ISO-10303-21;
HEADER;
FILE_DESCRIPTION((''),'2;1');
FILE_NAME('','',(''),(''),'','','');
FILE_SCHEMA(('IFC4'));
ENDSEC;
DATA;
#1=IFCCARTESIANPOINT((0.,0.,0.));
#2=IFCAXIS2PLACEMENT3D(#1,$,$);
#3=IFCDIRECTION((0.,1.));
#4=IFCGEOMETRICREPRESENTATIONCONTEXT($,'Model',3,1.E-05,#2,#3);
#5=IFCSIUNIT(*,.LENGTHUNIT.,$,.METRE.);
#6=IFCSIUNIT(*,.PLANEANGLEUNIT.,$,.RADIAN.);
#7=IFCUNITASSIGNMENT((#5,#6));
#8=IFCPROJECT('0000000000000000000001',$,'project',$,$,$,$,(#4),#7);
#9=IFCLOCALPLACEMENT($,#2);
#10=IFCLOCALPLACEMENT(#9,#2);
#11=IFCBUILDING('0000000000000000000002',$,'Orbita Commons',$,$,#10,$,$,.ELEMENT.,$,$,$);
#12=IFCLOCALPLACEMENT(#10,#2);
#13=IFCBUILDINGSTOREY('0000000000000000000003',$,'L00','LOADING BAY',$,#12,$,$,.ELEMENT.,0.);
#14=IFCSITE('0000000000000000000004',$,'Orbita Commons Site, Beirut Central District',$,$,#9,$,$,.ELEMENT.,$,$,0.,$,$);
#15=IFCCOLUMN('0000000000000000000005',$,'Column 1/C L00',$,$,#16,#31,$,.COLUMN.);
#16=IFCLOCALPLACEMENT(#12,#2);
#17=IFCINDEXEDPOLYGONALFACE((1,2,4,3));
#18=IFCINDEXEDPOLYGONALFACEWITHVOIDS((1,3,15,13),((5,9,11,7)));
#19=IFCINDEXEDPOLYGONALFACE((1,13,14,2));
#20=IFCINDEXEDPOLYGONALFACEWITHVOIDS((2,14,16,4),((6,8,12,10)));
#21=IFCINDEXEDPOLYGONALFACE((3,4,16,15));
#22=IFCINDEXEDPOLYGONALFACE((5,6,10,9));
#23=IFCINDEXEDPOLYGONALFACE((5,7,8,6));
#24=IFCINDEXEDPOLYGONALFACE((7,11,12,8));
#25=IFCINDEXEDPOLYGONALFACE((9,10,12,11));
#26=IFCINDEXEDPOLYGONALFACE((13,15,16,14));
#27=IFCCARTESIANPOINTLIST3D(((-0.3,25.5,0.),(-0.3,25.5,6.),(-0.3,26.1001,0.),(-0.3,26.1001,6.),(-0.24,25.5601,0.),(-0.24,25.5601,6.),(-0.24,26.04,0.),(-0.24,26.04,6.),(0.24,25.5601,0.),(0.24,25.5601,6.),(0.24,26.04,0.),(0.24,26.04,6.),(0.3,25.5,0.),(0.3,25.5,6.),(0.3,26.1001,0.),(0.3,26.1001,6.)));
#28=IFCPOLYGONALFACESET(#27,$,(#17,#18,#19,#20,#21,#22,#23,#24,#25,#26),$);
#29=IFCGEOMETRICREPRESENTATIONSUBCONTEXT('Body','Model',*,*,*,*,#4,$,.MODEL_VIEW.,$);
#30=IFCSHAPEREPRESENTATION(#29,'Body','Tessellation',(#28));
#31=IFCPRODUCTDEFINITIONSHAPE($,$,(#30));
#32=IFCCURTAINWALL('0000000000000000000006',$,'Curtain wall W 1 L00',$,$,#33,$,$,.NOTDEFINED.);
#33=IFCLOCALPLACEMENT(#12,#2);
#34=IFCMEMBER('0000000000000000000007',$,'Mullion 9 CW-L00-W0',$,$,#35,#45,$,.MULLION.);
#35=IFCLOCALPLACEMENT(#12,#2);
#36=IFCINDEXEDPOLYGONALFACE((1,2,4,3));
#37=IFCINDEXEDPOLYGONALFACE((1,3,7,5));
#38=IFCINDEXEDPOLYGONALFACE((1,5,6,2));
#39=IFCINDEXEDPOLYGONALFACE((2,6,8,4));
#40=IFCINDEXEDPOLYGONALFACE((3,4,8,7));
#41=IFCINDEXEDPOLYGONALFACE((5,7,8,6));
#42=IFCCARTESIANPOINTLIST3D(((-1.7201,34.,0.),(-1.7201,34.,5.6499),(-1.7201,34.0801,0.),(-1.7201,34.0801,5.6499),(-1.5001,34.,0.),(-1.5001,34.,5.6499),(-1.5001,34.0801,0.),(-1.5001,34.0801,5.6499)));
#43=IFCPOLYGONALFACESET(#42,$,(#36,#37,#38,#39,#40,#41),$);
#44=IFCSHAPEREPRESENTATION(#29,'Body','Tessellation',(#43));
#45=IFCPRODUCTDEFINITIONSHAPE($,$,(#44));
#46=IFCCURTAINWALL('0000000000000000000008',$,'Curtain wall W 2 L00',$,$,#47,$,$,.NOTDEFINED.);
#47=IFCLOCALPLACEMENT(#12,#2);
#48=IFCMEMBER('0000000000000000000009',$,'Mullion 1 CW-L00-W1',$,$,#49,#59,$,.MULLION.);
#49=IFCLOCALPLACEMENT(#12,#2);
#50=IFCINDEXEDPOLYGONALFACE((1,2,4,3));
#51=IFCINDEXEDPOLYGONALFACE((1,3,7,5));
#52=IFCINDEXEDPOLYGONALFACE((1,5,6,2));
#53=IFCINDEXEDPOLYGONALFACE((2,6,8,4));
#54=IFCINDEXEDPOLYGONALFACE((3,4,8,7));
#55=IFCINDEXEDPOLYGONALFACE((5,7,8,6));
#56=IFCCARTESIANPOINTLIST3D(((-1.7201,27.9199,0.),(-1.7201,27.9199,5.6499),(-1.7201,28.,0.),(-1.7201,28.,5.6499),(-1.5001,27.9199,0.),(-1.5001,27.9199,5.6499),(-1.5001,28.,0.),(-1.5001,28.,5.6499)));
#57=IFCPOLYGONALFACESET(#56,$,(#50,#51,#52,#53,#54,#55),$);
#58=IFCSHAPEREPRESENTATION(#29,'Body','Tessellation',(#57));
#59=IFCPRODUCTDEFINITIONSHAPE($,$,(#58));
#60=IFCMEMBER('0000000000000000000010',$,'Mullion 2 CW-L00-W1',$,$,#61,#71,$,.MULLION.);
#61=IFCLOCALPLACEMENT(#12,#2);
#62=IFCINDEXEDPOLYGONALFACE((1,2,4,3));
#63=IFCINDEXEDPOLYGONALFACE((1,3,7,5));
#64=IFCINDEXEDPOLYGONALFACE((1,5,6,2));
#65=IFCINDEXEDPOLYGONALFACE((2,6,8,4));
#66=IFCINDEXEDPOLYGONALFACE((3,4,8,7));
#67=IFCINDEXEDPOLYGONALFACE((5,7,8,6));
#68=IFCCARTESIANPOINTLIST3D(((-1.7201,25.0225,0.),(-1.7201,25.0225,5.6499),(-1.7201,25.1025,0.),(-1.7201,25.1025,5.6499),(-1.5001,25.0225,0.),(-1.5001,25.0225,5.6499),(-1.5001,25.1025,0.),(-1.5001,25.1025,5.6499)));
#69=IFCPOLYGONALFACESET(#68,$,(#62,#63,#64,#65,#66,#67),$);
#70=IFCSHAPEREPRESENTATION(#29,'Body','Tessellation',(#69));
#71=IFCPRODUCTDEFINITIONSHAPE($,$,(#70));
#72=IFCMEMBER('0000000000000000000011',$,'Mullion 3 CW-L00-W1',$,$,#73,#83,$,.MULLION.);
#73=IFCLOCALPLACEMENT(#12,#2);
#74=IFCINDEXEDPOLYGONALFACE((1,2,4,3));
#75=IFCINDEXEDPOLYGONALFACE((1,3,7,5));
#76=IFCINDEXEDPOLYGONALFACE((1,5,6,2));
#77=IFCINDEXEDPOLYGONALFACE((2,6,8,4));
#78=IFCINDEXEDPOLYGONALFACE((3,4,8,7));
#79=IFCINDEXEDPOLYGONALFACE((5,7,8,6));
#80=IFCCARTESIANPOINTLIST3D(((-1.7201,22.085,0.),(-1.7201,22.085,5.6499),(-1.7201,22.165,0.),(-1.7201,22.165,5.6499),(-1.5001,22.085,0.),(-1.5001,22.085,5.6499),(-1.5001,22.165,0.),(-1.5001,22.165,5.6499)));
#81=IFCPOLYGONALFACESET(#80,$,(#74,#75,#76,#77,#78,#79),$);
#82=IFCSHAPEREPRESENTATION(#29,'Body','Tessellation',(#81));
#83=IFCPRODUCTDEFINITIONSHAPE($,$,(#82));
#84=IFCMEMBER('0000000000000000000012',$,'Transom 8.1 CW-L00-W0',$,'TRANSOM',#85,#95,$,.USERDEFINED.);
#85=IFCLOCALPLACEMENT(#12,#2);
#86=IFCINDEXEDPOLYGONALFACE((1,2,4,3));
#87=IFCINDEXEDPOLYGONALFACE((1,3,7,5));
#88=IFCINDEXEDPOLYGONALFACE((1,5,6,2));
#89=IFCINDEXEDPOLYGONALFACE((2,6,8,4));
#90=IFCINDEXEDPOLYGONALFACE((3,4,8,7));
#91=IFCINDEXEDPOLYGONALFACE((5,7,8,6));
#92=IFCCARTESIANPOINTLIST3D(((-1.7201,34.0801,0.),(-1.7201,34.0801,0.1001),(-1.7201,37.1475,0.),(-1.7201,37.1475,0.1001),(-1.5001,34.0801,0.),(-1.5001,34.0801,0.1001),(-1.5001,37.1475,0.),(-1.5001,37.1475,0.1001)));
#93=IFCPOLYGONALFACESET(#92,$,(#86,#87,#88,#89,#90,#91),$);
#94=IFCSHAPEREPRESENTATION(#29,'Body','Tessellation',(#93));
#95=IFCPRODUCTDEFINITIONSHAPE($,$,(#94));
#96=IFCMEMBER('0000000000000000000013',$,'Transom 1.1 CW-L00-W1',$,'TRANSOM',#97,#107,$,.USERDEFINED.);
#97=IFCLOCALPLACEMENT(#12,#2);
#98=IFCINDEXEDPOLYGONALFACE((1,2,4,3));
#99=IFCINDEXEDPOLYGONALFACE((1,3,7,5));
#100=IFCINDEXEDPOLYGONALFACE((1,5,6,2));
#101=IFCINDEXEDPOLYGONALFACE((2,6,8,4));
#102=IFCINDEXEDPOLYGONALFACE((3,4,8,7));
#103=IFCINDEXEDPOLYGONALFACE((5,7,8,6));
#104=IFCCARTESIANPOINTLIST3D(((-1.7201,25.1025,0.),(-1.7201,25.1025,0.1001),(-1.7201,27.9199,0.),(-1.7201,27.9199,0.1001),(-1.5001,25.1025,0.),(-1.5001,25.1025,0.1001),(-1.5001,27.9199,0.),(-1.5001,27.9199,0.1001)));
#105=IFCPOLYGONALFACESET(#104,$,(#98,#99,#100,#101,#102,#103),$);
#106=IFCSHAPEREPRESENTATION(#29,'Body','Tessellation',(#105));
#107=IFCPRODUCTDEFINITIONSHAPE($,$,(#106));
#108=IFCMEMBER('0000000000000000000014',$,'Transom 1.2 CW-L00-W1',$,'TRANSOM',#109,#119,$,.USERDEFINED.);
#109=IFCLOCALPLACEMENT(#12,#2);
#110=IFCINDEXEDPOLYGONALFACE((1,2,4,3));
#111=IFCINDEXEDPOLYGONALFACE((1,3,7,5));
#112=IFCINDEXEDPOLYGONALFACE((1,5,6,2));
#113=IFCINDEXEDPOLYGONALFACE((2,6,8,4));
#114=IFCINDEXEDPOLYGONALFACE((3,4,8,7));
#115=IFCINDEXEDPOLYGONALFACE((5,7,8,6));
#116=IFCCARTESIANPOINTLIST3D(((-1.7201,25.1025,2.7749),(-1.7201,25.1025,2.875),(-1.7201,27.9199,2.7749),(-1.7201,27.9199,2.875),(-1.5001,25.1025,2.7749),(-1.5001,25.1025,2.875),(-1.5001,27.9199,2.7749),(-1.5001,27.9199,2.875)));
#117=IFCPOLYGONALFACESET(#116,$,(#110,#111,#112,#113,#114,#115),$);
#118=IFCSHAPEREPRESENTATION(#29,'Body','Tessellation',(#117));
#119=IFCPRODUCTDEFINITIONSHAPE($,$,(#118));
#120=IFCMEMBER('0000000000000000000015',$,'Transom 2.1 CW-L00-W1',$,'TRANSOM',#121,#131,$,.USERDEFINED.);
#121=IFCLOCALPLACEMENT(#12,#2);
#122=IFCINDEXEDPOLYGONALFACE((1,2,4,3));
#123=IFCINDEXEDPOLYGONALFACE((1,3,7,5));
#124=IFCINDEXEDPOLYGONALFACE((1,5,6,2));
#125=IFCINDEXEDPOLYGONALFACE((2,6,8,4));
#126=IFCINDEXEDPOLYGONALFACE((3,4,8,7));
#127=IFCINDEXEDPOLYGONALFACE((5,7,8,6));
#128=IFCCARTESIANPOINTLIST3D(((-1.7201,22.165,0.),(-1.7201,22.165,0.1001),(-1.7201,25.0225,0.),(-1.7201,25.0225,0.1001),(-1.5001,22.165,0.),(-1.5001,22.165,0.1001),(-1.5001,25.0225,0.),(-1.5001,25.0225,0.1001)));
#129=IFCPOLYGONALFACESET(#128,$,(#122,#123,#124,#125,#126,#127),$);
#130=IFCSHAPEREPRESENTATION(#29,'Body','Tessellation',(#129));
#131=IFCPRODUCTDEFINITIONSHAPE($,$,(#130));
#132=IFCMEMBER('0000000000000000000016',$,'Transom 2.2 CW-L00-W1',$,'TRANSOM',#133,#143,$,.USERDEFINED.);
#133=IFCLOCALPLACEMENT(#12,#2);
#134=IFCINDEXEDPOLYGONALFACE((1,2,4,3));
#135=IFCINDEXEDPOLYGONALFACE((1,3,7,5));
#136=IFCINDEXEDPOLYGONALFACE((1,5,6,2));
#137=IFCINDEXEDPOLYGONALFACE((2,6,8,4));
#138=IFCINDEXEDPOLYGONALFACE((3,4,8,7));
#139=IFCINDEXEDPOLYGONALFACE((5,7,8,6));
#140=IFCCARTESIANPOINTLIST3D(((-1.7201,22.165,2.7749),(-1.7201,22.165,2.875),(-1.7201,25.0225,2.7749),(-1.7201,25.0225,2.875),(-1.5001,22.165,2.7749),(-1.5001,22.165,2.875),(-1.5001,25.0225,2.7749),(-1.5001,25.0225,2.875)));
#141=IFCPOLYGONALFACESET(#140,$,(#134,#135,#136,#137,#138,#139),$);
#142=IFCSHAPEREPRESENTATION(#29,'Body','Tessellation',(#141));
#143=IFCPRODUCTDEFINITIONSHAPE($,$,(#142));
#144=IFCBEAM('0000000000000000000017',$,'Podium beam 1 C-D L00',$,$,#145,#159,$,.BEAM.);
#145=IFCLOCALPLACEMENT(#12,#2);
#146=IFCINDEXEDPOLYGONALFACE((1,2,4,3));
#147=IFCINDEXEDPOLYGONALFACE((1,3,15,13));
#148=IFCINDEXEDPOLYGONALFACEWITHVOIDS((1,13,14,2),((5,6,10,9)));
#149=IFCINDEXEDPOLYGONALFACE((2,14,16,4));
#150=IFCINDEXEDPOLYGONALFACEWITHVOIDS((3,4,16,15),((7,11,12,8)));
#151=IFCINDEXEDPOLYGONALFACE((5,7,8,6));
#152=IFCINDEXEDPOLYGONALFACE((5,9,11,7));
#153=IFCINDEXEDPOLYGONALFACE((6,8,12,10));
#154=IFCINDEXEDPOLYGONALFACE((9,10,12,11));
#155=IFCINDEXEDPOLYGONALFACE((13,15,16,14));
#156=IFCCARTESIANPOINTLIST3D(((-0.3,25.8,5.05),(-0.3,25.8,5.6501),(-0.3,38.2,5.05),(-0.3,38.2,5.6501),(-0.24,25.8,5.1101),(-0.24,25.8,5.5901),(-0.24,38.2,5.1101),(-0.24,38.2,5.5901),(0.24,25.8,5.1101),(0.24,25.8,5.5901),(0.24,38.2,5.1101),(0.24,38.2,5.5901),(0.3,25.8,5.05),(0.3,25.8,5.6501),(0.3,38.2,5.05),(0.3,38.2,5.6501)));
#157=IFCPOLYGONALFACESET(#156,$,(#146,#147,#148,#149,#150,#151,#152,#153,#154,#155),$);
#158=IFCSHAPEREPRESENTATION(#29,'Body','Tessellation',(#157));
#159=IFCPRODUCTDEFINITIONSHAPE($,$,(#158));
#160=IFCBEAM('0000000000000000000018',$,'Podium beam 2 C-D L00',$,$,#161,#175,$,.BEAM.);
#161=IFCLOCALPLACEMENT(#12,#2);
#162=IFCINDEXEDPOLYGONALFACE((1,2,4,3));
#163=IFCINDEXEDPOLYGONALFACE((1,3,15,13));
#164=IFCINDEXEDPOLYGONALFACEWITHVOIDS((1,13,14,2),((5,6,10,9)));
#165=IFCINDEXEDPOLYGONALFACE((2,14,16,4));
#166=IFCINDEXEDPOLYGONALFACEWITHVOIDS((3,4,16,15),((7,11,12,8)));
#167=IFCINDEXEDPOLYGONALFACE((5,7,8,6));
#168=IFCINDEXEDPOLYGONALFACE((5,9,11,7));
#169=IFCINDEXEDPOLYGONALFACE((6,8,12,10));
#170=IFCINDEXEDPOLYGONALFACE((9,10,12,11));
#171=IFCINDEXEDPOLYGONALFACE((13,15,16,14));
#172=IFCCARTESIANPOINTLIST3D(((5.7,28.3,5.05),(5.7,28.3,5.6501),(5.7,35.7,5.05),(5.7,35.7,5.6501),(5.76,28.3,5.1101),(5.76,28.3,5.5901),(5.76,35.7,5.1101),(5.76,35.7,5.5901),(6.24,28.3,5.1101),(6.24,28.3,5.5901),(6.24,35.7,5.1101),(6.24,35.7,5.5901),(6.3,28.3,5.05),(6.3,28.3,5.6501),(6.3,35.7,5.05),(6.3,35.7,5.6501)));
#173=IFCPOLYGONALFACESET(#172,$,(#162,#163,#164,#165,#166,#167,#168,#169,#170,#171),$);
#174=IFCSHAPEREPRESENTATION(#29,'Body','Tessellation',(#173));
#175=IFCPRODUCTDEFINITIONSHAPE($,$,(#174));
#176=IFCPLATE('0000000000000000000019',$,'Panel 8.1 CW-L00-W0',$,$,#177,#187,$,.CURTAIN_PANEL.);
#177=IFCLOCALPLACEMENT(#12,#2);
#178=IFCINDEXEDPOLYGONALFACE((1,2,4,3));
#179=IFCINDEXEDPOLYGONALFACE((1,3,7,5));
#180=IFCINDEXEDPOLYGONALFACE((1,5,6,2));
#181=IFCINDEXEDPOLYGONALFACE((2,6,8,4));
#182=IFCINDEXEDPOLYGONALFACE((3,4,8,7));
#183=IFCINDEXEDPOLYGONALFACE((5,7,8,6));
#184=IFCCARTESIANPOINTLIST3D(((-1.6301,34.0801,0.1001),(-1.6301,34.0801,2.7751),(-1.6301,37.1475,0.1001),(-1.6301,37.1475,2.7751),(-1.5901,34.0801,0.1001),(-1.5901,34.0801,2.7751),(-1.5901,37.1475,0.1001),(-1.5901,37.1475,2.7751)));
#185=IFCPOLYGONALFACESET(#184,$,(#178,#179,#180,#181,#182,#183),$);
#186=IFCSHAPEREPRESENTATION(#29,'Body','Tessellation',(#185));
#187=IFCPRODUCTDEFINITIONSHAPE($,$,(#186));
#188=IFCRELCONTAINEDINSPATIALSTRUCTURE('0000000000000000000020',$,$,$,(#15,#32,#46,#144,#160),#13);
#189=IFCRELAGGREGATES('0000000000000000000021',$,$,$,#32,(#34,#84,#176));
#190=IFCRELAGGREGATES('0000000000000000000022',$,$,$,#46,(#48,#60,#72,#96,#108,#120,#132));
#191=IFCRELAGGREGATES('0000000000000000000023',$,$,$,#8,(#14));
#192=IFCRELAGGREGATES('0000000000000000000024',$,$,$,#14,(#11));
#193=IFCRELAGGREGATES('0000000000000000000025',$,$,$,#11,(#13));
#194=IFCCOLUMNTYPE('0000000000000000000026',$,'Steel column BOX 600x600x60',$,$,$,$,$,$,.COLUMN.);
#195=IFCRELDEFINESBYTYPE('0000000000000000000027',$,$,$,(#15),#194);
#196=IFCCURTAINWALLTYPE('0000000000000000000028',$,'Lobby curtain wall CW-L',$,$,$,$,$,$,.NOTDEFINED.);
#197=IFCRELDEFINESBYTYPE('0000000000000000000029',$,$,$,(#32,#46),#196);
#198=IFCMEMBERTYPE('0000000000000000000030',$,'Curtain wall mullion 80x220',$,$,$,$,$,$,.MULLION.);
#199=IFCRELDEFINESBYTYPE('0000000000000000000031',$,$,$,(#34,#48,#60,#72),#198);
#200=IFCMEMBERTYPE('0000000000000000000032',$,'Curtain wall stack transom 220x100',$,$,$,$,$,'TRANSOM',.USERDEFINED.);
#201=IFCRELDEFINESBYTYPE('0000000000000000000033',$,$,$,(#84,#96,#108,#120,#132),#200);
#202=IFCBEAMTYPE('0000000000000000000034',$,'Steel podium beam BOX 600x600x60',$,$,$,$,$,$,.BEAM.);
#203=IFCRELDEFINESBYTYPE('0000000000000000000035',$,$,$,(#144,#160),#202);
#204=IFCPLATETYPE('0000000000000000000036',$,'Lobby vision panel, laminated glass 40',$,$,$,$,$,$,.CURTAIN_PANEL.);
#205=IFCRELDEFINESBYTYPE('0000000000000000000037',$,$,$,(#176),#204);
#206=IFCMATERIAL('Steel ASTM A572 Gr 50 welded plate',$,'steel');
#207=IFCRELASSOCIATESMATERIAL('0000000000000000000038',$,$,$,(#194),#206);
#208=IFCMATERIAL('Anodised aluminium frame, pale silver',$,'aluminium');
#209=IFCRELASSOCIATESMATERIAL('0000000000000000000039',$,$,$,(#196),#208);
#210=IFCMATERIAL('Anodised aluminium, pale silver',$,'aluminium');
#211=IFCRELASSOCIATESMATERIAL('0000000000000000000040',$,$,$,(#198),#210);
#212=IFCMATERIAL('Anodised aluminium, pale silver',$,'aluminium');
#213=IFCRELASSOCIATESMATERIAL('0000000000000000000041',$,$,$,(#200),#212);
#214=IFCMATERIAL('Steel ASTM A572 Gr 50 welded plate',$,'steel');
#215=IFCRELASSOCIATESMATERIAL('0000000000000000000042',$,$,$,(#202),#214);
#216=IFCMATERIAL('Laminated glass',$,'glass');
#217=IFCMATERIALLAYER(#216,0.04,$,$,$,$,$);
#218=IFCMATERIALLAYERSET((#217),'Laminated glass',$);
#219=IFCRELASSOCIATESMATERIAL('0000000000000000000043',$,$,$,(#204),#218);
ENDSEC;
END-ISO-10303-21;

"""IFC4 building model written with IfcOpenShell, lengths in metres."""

from ifc_helpers import new_model, si_unit, direction, frame, origin, origin_2d, place, context, subcontext, project, spatial, rectangle, hollow_rectangle, extrude, material, layer, layer_set, material_profile, profile_set, type_object, element, aggregate, save


model = new_model("IFC4")

# Units and contexts
model_context = context("Model", 3, precision=1e-05, world=origin(), true_north=direction((0.0, 1.0)))
body_context = subcontext(model_context, "Body", "Model", "MODEL_VIEW")
ifc_project = project(units=[si_unit("LENGTHUNIT", "METRE"), si_unit("PLANEANGLEUNIT", "RADIAN")], contexts=[model_context])

# Site, building, storey
site_placement = place(None, origin())
site = spatial("IfcSite", under=ifc_project, at=site_placement, Name="Orbita Commons Site, Beirut Central District", CompositionType="ELEMENT", RefElevation=0.0)
building_placement = place(site_placement, origin())
building = spatial("IfcBuilding", under=site, at=building_placement, Name="Orbita Commons", CompositionType="ELEMENT")
storey_placement = place(building_placement, origin())
storey = spatial("IfcBuildingStorey", under=building, at=storey_placement, Name="L00", Description="LOADING BAY", CompositionType="ELEMENT", Elevation=0.0)

# Column
ifc_material_1 = material(Name="Steel ASTM A572 Gr 50 welded plate", Category="steel")
ifc_material_profile_1 = material_profile(ifc_material_1, hollow_rectangle(XDim=0.6001, YDim=0.6001, WallThickness=0.0601, at=origin_2d()), Name="BOX 600x600x60")
ifc_profile_set_1 = profile_set([ifc_material_profile_1], Name="Steel ASTM A572 Gr 50 welded plate")
column_type = type_object("IfcColumnType", Name="Steel column BOX 600x600x60", PredefinedType="COLUMN", material=ifc_profile_set_1)
column_placement = place(storey_placement, frame((0.0, 25.8, 0.0), z_axis=(0.0, 0.0, 1.0), x_axis=(1.0, 0.0, 0.0)))
element("IfcColumn", 1, at=column_placement, inside=storey, type_object=column_type, Name="Column 1/C L00", PredefinedType="COLUMN", context=body_context, shape_type="SweptSolid", body=[
    extrude(hollow_rectangle(XDim=0.6001, YDim=0.6001, WallThickness=0.0601, at=origin_2d()), origin(), (0.0, 0.0, 1.0), 6.0),
])

# Curtain wall, member
ifc_material_2 = material(Name="Anodised aluminium frame, pale silver", Category="aluminium")
curtain_wall_type = type_object("IfcCurtainWallType", Name="Lobby curtain wall CW-L", PredefinedType="NOTDEFINED", material=ifc_material_2)
curtain_wall_1_placement = place(storey_placement, origin())
curtain_wall_1 = element("IfcCurtainWall", 2, at=curtain_wall_1_placement, inside=storey, type_object=curtain_wall_type, Name="Curtain wall W 1 L00", PredefinedType="NOTDEFINED")
ifc_material_3 = material(Name="Anodised aluminium, pale silver", Category="aluminium")
ifc_material_profile_2 = material_profile(ifc_material_3, rectangle(XDim=0.0801, YDim=0.22, at=origin_2d()), Name="AL 80x220")
ifc_profile_set_2 = profile_set([ifc_material_profile_2], Name="Anodised aluminium, pale silver")
member_type_1 = type_object("IfcMemberType", Name="Curtain wall mullion 80x220", PredefinedType="MULLION", material=ifc_profile_set_2)
member_1_placement = place(storey_placement, frame((-1.6101, 34.04, 0.0), z_axis=(0.0, 0.0, 1.0), x_axis=(0.0, -1.0, 0.0)))
member_1 = element("IfcMember", 3, at=member_1_placement, type_object=member_type_1, Name="Mullion 9 CW-L00-W0", PredefinedType="MULLION", context=body_context, shape_type="SweptSolid", body=[
    extrude(rectangle(XDim=0.0801, YDim=0.22, at=origin_2d()), origin(), (0.0, 0.0, 1.0), 5.6499),
])

# Curtain wall, members
curtain_wall_2_placement = place(storey_placement, origin())
curtain_wall_2 = element("IfcCurtainWall", 4, at=curtain_wall_2_placement, inside=storey, type_object=curtain_wall_type, Name="Curtain wall W 2 L00", PredefinedType="NOTDEFINED")
member_2_placement = place(storey_placement, frame((-1.6101, 27.96, 0.0), z_axis=(0.0, 0.0, 1.0), x_axis=(0.0, -1.0, 0.0)))
member_2 = element("IfcMember", 5, at=member_2_placement, type_object=member_type_1, Name="Mullion 1 CW-L00-W1", PredefinedType="MULLION", context=body_context, shape_type="SweptSolid", body=[
    extrude(rectangle(XDim=0.0801, YDim=0.22, at=origin_2d()), origin(), (0.0, 0.0, 1.0), 5.6499),
])
member_3_placement = place(storey_placement, frame((-1.6101, 25.0625, 0.0), z_axis=(0.0, 0.0, 1.0), x_axis=(0.0, -1.0, 0.0)))
member_3 = element("IfcMember", 6, at=member_3_placement, type_object=member_type_1, Name="Mullion 2 CW-L00-W1", PredefinedType="MULLION", context=body_context, shape_type="SweptSolid", body=[
    extrude(rectangle(XDim=0.0801, YDim=0.22, at=origin_2d()), origin(), (0.0, 0.0, 1.0), 5.6499),
])
member_4_placement = place(storey_placement, frame((-1.6101, 22.125, 0.0), z_axis=(0.0, 0.0, 1.0), x_axis=(0.0, -1.0, 0.0)))
member_4 = element("IfcMember", 7, at=member_4_placement, type_object=member_type_1, Name="Mullion 3 CW-L00-W1", PredefinedType="MULLION", context=body_context, shape_type="SweptSolid", body=[
    extrude(rectangle(XDim=0.0801, YDim=0.22, at=origin_2d()), origin(), (0.0, 0.0, 1.0), 5.6499),
])

# Members
ifc_material_4 = material(Name="Anodised aluminium, pale silver", Category="aluminium")
ifc_material_profile_3 = material_profile(ifc_material_4, rectangle(XDim=0.22, YDim=0.1001, at=origin_2d()), Name="AL 220x100")
ifc_profile_set_3 = profile_set([ifc_material_profile_3], Name="Anodised aluminium, pale silver")
member_type_2 = type_object("IfcMemberType", Name="Curtain wall stack transom 220x100", ElementType="TRANSOM", PredefinedType="USERDEFINED", material=ifc_profile_set_3)
member_5_placement = place(storey_placement, frame((-1.6101, 37.1475, 0.05), z_axis=(0.0, -1.0, 0.0), x_axis=(1.0, 0.0, 0.0)))
member_5 = element("IfcMember", 8, at=member_5_placement, type_object=member_type_2, Name="Transom 8.1 CW-L00-W0", ObjectType="TRANSOM", PredefinedType="USERDEFINED", context=body_context, shape_type="SweptSolid", body=[
    extrude(rectangle(XDim=0.22, YDim=0.1001, at=origin_2d()), origin(), (0.0, 0.0, 1.0), 3.0674),
])
member_6_placement = place(storey_placement, frame((-1.6101, 27.9199, 0.05), z_axis=(0.0, -1.0, 0.0), x_axis=(1.0, 0.0, 0.0)))
member_6 = element("IfcMember", 9, at=member_6_placement, type_object=member_type_2, Name="Transom 1.1 CW-L00-W1", ObjectType="TRANSOM", PredefinedType="USERDEFINED", context=body_context, shape_type="SweptSolid", body=[
    extrude(rectangle(XDim=0.22, YDim=0.1001, at=origin_2d()), origin(), (0.0, 0.0, 1.0), 2.8174),
])
member_7_placement = place(storey_placement, frame((-1.6101, 27.9199, 2.825), z_axis=(0.0, -1.0, 0.0), x_axis=(1.0, 0.0, 0.0)))
member_7 = element("IfcMember", 10, at=member_7_placement, type_object=member_type_2, Name="Transom 1.2 CW-L00-W1", ObjectType="TRANSOM", PredefinedType="USERDEFINED", context=body_context, shape_type="SweptSolid", body=[
    extrude(rectangle(XDim=0.22, YDim=0.1001, at=origin_2d()), origin(), (0.0, 0.0, 1.0), 2.8174),
])
member_8_placement = place(storey_placement, frame((-1.6101, 25.0225, 0.05), z_axis=(0.0, -1.0, 0.0), x_axis=(1.0, 0.0, 0.0)))
member_8 = element("IfcMember", 11, at=member_8_placement, type_object=member_type_2, Name="Transom 2.1 CW-L00-W1", ObjectType="TRANSOM", PredefinedType="USERDEFINED", context=body_context, shape_type="SweptSolid", body=[
    extrude(rectangle(XDim=0.22, YDim=0.1001, at=origin_2d()), origin(), (0.0, 0.0, 1.0), 2.8574),
])
member_9_placement = place(storey_placement, frame((-1.6101, 25.0225, 2.825), z_axis=(0.0, -1.0, 0.0), x_axis=(1.0, 0.0, 0.0)))
member_9 = element("IfcMember", 12, at=member_9_placement, type_object=member_type_2, Name="Transom 2.2 CW-L00-W1", ObjectType="TRANSOM", PredefinedType="USERDEFINED", context=body_context, shape_type="SweptSolid", body=[
    extrude(rectangle(XDim=0.22, YDim=0.1001, at=origin_2d()), origin(), (0.0, 0.0, 1.0), 2.8574),
])

# Beams
ifc_material_5 = material(Name="Steel ASTM A572 Gr 50 welded plate", Category="steel")
ifc_material_profile_4 = material_profile(ifc_material_5, hollow_rectangle(XDim=0.6001, YDim=0.6001, WallThickness=0.0601, at=origin_2d()), Name="BOX 600x600x60")
ifc_profile_set_4 = profile_set([ifc_material_profile_4], Name="Steel ASTM A572 Gr 50 welded plate")
beam_type = type_object("IfcBeamType", Name="Steel podium beam BOX 600x600x60", PredefinedType="BEAM", material=ifc_profile_set_4)
beam_1_placement = place(storey_placement, frame((0.0, 25.8, 5.3501), z_axis=(0.0, 1.0, 0.0), x_axis=(-1.0, 0.0, 0.0)))
element("IfcBeam", 13, at=beam_1_placement, inside=storey, type_object=beam_type, Name="Podium beam 1 C-D L00", PredefinedType="BEAM", context=body_context, shape_type="SweptSolid", body=[
    extrude(hollow_rectangle(XDim=0.6001, YDim=0.6001, WallThickness=0.0601, at=origin_2d()), origin(), (0.0, 0.0, 1.0), 12.3999),
])
beam_2_placement = place(storey_placement, frame((6.0, 28.3, 5.3501), z_axis=(0.0, 1.0, 0.0), x_axis=(-1.0, 0.0, 0.0)))
element("IfcBeam", 14, at=beam_2_placement, inside=storey, type_object=beam_type, Name="Podium beam 2 C-D L00", PredefinedType="BEAM", context=body_context, shape_type="SweptSolid", body=[
    extrude(hollow_rectangle(XDim=0.6001, YDim=0.6001, WallThickness=0.0601, at=origin_2d()), origin(), (0.0, 0.0, 1.0), 7.3999),
])

# Plate
ifc_material_6 = material(Name="Laminated glass", Category="glass")
ifc_layer_1 = layer(ifc_material_6, 0.04)
ifc_layer_set_1 = layer_set([ifc_layer_1], Name="Laminated glass")
plate_type = type_object("IfcPlateType", Name="Lobby vision panel, laminated glass 40", PredefinedType="CURTAIN_PANEL", material=ifc_layer_set_1)
plate_1_placement = place(storey_placement, frame((-1.6101, 35.6138, 0.1001), z_axis=(0.0, 0.0, 1.0), x_axis=(0.0, -1.0, 0.0)))
plate_1 = element("IfcPlate", 15, at=plate_1_placement, type_object=plate_type, Name="Panel 8.1 CW-L00-W0", PredefinedType="CURTAIN_PANEL", context=body_context, shape_type="SweptSolid", body=[
    extrude(rectangle(XDim=3.0674, YDim=0.04, at=origin_2d()), origin(), (0.0, 0.0, 1.0), 2.675),
])
aggregate(curtain_wall_1, [member_1, member_5, plate_1])
aggregate(curtain_wall_2, [member_2, member_3, member_4, member_6, member_7, member_8, member_9])

save(model, "model.ifc")
